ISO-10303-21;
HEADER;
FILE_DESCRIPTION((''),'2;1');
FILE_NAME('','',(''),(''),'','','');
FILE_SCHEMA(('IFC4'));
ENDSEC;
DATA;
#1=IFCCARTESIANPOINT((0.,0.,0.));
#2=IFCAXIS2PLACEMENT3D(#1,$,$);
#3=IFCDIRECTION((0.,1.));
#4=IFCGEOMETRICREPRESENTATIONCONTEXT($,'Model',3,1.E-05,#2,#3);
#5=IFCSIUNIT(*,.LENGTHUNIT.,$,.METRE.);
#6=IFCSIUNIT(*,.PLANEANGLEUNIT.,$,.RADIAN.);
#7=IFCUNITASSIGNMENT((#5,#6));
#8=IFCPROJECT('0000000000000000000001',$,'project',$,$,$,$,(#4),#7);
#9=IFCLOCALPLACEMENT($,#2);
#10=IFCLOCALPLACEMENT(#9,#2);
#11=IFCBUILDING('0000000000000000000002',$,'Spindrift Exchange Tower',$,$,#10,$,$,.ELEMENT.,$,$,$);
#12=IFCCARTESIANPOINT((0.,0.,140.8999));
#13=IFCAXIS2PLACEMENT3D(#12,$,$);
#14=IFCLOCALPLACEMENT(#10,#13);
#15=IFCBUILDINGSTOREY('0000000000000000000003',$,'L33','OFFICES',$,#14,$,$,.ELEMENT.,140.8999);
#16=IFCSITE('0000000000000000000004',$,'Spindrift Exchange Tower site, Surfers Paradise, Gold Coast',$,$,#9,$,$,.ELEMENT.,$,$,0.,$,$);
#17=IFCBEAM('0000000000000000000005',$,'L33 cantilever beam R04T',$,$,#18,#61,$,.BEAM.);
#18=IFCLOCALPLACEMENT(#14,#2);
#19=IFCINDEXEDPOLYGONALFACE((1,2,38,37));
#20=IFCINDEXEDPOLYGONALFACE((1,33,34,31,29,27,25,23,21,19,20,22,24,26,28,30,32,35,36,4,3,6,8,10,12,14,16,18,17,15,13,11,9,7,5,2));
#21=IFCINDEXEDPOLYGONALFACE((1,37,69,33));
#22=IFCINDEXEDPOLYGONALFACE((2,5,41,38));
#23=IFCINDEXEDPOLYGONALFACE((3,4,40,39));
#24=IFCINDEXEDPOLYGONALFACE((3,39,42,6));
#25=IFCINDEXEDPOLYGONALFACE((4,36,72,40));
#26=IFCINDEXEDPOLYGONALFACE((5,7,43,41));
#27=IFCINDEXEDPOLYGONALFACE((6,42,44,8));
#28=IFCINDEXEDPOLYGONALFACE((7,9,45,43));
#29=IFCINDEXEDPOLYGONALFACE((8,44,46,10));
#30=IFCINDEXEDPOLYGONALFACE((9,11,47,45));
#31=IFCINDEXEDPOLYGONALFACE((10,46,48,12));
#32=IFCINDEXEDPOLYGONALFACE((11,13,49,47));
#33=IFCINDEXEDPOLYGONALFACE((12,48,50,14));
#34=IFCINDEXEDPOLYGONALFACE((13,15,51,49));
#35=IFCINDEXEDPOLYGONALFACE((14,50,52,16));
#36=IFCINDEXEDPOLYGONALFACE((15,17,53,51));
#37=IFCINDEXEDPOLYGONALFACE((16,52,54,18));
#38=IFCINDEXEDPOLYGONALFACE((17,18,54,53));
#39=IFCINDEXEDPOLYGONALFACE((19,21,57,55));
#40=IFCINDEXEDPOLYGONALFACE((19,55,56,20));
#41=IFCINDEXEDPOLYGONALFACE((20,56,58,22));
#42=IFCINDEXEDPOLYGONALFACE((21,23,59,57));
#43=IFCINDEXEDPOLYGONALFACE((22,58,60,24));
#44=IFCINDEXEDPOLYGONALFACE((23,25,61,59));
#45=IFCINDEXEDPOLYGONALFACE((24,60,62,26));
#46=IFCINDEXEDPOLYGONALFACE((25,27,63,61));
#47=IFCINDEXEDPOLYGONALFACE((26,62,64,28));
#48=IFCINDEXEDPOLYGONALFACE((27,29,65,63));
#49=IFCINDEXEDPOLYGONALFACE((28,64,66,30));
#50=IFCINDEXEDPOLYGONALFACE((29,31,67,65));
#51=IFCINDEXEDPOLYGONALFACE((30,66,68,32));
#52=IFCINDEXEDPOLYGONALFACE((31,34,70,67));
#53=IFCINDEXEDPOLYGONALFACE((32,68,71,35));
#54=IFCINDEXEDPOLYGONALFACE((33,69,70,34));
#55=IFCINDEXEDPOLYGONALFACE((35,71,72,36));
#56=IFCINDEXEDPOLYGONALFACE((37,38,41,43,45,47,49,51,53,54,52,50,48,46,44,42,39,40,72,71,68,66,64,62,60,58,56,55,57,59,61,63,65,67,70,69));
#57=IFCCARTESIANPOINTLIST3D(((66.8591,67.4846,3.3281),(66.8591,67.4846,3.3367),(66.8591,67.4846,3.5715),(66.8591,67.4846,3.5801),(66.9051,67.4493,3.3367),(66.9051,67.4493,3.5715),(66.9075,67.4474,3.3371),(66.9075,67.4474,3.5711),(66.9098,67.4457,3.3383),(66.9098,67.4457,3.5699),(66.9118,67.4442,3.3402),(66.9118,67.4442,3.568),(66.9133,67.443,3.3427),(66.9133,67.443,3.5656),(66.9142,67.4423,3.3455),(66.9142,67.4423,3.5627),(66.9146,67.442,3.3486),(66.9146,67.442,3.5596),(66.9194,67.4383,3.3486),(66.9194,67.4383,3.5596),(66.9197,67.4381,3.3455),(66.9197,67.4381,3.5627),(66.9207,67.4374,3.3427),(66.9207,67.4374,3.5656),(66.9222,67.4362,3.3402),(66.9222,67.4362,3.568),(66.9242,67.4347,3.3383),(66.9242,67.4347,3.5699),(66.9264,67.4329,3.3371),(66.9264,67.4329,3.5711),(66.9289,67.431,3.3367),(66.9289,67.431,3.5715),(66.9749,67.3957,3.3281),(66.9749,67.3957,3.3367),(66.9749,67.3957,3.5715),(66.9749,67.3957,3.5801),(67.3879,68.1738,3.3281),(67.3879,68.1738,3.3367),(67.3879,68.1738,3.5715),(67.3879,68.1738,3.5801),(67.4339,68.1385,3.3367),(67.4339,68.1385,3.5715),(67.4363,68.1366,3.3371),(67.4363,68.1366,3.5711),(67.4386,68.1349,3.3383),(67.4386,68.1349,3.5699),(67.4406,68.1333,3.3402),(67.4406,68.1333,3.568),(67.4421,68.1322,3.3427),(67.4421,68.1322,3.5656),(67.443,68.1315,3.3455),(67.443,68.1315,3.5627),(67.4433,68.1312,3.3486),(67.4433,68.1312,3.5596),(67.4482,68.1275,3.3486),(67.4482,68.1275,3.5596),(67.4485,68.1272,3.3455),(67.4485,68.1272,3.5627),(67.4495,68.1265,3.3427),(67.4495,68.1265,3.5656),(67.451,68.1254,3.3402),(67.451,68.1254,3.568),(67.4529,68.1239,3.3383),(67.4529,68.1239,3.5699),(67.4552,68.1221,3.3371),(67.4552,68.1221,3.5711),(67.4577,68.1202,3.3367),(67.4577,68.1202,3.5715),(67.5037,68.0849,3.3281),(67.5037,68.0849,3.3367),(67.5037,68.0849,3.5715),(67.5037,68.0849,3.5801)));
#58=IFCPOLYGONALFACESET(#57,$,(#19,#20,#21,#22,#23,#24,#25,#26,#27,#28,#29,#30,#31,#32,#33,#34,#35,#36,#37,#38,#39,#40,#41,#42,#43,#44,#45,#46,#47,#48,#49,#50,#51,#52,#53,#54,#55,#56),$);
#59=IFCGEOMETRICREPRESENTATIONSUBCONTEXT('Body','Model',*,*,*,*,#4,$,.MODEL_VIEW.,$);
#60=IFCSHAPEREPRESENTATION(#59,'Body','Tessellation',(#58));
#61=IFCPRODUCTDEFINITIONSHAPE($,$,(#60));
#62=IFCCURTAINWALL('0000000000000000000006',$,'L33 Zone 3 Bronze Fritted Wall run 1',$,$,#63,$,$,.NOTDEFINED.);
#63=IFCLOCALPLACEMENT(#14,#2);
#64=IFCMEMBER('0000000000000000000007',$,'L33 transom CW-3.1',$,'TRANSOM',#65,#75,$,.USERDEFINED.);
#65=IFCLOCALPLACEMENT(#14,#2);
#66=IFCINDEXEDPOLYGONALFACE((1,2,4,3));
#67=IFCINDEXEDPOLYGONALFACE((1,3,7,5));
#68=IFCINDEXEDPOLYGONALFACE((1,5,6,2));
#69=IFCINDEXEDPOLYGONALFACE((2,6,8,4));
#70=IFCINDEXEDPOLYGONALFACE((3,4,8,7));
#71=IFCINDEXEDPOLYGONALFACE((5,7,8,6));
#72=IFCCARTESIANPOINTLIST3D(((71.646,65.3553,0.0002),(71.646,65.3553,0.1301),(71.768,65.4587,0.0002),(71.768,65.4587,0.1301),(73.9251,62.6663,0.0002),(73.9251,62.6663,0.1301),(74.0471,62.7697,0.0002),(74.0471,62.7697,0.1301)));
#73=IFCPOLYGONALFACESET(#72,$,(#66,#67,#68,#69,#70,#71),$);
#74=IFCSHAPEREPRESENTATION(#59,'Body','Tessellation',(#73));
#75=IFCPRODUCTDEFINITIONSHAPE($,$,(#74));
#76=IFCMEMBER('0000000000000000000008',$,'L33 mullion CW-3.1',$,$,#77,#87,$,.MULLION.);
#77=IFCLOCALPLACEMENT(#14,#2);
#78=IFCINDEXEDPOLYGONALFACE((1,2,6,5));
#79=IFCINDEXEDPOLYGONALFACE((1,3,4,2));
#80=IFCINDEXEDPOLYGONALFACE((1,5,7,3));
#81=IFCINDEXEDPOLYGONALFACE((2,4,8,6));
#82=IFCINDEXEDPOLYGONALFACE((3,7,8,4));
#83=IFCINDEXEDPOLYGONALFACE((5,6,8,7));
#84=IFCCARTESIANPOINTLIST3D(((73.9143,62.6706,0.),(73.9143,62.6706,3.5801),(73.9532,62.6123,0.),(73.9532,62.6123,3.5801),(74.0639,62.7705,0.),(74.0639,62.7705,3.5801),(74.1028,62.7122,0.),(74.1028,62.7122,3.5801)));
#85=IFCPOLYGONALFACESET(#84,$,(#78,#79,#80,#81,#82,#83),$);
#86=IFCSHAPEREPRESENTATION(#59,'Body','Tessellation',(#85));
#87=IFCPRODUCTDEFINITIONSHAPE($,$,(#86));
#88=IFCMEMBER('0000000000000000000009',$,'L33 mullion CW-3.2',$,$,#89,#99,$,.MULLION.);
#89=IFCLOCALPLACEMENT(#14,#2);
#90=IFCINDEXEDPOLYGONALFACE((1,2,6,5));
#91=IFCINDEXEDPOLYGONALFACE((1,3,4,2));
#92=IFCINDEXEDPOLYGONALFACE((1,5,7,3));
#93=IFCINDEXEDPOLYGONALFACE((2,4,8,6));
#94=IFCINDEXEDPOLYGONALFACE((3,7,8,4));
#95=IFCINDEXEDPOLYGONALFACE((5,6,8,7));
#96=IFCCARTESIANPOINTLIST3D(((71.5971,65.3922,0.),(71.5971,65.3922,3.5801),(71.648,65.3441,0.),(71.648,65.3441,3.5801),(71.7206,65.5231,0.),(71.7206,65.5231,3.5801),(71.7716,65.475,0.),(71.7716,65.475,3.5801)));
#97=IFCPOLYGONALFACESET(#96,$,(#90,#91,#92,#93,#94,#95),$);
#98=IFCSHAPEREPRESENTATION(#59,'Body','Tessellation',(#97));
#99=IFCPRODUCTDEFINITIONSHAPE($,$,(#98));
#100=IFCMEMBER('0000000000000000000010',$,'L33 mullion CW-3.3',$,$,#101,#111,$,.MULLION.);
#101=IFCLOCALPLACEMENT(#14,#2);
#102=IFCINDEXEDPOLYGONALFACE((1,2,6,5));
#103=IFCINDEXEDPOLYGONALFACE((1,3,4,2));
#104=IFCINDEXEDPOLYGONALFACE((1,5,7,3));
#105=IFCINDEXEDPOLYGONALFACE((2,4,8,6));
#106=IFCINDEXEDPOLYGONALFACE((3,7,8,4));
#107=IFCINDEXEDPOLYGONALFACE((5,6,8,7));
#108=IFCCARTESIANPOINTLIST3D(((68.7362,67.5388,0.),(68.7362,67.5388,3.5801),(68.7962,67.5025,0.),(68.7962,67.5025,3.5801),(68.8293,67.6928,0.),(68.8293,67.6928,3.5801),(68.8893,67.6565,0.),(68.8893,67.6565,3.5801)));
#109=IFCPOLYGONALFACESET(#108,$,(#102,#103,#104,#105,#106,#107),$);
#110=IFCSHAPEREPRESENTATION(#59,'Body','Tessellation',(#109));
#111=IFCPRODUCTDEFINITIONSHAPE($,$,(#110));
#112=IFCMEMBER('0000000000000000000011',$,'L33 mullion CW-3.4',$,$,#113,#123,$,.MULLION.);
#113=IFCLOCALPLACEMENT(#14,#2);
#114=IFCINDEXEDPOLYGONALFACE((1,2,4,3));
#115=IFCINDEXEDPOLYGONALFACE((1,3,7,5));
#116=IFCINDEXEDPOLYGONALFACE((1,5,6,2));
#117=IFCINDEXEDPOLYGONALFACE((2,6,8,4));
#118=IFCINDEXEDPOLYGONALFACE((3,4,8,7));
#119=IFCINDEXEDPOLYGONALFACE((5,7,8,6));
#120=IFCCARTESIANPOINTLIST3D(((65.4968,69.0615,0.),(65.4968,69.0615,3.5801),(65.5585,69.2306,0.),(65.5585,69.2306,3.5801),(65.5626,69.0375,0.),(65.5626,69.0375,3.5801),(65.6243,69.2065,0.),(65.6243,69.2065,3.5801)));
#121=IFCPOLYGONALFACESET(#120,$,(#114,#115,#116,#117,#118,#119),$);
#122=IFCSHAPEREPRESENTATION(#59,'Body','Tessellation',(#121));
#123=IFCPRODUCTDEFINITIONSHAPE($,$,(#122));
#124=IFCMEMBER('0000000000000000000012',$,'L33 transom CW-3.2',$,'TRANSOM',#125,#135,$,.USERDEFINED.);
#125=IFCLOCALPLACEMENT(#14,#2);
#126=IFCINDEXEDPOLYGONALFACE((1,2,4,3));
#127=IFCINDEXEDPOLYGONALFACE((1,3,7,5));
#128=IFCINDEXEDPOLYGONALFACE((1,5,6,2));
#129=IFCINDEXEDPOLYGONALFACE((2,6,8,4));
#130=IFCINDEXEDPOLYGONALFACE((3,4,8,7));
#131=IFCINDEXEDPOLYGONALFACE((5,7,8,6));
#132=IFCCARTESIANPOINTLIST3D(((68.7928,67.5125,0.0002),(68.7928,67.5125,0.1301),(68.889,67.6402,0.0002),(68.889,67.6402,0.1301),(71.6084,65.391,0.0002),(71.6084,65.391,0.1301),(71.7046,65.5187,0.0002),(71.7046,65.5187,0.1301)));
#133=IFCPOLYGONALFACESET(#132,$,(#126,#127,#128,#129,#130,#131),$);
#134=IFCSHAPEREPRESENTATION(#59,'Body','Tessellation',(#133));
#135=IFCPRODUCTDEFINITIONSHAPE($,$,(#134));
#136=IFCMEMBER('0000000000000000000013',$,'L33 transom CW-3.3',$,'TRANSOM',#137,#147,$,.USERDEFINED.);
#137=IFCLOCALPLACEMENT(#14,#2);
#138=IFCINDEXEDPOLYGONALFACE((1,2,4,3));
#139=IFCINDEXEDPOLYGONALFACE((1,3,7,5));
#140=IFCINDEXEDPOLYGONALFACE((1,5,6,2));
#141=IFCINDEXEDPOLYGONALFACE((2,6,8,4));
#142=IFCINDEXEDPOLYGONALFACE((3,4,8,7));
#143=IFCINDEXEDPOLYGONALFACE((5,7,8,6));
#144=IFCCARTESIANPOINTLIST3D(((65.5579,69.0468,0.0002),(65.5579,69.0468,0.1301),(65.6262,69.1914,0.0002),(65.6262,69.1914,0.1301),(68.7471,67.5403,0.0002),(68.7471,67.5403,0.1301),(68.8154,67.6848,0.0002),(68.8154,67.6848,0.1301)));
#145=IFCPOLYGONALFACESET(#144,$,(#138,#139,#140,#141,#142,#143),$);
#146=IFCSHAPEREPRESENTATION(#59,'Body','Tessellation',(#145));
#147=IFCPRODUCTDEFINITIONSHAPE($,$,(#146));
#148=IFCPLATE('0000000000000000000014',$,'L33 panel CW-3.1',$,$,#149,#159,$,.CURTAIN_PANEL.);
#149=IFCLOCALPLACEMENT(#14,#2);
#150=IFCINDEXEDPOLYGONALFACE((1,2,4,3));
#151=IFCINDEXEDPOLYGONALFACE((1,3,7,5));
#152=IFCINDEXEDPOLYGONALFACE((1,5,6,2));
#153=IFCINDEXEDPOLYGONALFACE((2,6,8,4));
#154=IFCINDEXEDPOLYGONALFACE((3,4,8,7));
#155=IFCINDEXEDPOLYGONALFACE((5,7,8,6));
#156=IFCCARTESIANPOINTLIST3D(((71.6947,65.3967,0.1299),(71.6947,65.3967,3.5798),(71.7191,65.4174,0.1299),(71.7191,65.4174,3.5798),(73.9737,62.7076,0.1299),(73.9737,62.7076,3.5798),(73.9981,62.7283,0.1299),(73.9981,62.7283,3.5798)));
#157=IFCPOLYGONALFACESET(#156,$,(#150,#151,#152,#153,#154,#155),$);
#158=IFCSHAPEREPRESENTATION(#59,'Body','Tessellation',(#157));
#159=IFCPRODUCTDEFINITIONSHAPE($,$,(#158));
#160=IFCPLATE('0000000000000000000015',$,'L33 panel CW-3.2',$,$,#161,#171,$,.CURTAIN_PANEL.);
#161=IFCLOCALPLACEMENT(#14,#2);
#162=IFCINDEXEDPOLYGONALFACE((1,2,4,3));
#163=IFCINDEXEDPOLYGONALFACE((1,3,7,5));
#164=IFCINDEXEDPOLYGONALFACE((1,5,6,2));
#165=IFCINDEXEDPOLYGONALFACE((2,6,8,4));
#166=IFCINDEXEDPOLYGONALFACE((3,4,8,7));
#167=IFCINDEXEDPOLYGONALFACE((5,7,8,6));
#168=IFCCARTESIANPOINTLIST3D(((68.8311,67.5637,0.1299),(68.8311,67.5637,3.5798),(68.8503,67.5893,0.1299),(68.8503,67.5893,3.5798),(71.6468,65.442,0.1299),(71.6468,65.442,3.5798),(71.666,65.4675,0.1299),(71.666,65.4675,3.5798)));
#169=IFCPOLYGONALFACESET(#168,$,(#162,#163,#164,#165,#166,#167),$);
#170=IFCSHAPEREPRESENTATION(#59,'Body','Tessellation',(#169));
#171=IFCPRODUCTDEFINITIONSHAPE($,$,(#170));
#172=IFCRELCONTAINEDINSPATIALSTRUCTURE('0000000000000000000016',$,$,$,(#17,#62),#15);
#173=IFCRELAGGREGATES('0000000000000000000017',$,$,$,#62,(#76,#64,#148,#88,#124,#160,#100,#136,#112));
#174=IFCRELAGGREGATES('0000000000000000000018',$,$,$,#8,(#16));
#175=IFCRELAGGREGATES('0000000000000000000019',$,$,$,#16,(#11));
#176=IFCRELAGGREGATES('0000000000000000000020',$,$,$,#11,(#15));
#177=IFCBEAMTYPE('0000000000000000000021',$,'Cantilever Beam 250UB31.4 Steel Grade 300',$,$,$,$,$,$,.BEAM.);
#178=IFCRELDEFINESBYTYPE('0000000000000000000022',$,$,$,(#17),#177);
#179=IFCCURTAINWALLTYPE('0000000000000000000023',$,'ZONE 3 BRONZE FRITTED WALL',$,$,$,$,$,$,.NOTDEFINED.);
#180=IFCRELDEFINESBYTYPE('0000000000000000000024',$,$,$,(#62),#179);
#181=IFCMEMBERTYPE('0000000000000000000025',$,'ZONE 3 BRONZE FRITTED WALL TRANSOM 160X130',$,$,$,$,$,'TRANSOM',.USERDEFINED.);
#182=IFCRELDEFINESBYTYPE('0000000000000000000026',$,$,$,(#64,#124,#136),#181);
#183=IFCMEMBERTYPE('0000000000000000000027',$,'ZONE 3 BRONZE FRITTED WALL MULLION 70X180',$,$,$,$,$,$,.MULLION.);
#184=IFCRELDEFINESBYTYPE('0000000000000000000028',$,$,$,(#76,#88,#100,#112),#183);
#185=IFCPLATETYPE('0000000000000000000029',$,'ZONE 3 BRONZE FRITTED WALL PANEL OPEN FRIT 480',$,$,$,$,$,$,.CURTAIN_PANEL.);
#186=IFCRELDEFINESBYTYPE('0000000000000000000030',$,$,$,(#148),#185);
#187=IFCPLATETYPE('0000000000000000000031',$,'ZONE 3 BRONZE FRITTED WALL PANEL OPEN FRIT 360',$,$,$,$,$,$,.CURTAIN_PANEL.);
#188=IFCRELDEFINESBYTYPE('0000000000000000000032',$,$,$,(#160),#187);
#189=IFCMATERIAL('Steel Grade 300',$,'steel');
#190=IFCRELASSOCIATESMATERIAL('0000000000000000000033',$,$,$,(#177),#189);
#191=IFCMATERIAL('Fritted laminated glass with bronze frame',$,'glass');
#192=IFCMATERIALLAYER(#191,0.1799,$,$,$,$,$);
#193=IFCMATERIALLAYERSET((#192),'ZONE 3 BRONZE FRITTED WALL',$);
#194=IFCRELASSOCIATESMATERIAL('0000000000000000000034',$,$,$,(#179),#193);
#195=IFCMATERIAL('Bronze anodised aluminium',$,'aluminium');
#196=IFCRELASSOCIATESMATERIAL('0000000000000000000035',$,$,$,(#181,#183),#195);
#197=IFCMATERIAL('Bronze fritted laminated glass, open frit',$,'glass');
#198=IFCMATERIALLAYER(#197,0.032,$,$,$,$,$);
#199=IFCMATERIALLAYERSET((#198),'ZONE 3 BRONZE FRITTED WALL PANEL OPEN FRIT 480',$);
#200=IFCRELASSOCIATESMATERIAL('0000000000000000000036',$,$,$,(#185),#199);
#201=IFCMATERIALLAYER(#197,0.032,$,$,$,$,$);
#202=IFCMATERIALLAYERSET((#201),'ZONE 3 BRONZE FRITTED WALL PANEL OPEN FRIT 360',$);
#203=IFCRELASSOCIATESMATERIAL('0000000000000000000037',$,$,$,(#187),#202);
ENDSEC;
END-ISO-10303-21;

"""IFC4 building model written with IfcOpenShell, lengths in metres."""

from ifc_helpers import new_model, si_unit, direction, frame, origin, origin_2d, place, context, subcontext, project, spatial, rectangle, i_section, extrude, source, transform, mapped, material, layer, layer_set, material_profile, profile_set, type_object, element, aggregate, save


model = new_model("IFC4")

# Units and contexts
model_context = context("Model", 3, precision=1e-05, world=origin(), true_north=direction((0.0, 1.0)))
body_context = subcontext(model_context, "Body", "Model", "MODEL_VIEW")
ifc_project = project(units=[si_unit("LENGTHUNIT", "METRE"), si_unit("PLANEANGLEUNIT", "RADIAN")], contexts=[model_context])

# Site, building, storey
site_placement = place(None, origin())
site = spatial("IfcSite", under=ifc_project, at=site_placement, Name="Spindrift Exchange Tower site, Surfers Paradise, Gold Coast", CompositionType="ELEMENT", RefElevation=0.0)
building_placement = place(site_placement, origin())
building = spatial("IfcBuilding", under=site, at=building_placement, Name="Spindrift Exchange Tower", CompositionType="ELEMENT")
storey_placement = place(building_placement, frame((0.0, 0.0, 140.8999)))
storey = spatial("IfcBuildingStorey", under=building, at=storey_placement, Name="L33", Description="OFFICES", CompositionType="ELEMENT", Elevation=140.8999)

# Beam
ifc_material_1 = material(Name="Steel Grade 300", Category="steel")
ifc_material_profile_1 = material_profile(ifc_material_1, i_section(OverallWidth=0.146, OverallDepth=0.252, WebThickness=0.0061, FlangeThickness=0.0085, FilletRadius=0.012, at=origin_2d()), Name="250UB31.4")
ifc_profile_set_1 = profile_set([ifc_material_profile_1], Name="Steel Grade 300")
beam_type_1 = type_object("IfcBeamType", Name="Cantilever Beam 250UB31.4 Steel Grade 300", PredefinedType="BEAM", material=ifc_profile_set_1)
shared_shape_1 = source(origin(), body_context, "Body", "SweptSolid", [
    extrude(i_section(OverallWidth=0.146, OverallDepth=0.252, WebThickness=0.0061, FlangeThickness=0.0085, FilletRadius=0.012, at=origin_2d()), origin(), (0.0, 0.0, 1.0), 0.8687),
])
beam_1_placement = place(storey_placement, frame((66.917, 67.4402, 3.4541), z_axis=(0.608732, 0.793376, 0.0), x_axis=(-0.793376, 0.608732, 0.0)))
element("IfcBeam", 1, at=beam_1_placement, inside=storey, type_object=beam_type_1, Name="L33 cantilever beam R04T", PredefinedType="BEAM", context=body_context, shape_type="MappedRepresentation", body=[
    mapped(shared_shape_1, transform((0.0, 0.0, 0.0), scale=1.0)),
])

# Curtain wall, members, plates
ifc_material_2 = material(Name="Fritted laminated glass with bronze frame", Category="glass")
ifc_layer_1 = layer(ifc_material_2, 0.1799)
ifc_layer_set_1 = layer_set([ifc_layer_1], Name="ZONE 3 BRONZE FRITTED WALL")
curtain_wall_type = type_object("IfcCurtainWallType", Name="ZONE 3 BRONZE FRITTED WALL", PredefinedType="NOTDEFINED", material=ifc_layer_set_1)
curtain_wall_1_placement = place(storey_placement, origin())
curtain_wall_1 = element("IfcCurtainWall", 2, at=curtain_wall_1_placement, inside=storey, type_object=curtain_wall_type, Name="L33 Zone 3 Bronze Fritted Wall run 1", PredefinedType="NOTDEFINED")
ifc_material_3 = material(Name="Bronze anodised aluminium", Category="aluminium")
ifc_material_profile_2 = material_profile(ifc_material_3, rectangle(XDim=0.1599, YDim=0.1299, at=origin_2d()), Name="ZONE 3 BRONZE FRITTED WALL TRANSOM 160X130")
ifc_profile_set_2 = profile_set([ifc_material_profile_2], Name="Bronze anodised aluminium")
member_type_1 = type_object("IfcMemberType", Name="ZONE 3 BRONZE FRITTED WALL TRANSOM 160X130", ElementType="TRANSOM", PredefinedType="USERDEFINED", material=ifc_profile_set_2)
shared_shape_2 = source(origin(), body_context, "Body", "SweptSolid", [
    extrude(rectangle(XDim=0.1599, YDim=0.1299, at=origin_2d()), origin(), (0.0, 0.0, 1.0), 3.5249),
])
member_1_placement = place(storey_placement, frame((73.9861, 62.718, 0.0652), z_axis=(-0.646566, 0.762858, 0.0), x_axis=(-0.762858, -0.646566, 0.0)))
member_1 = element("IfcMember", 3, at=member_1_placement, type_object=member_type_1, Name="L33 transom CW-3.1", ObjectType="TRANSOM", PredefinedType="USERDEFINED", context=body_context, shape_type="MappedRepresentation", body=[
    mapped(shared_shape_2, transform((0.0, 0.0, 0.0), scale=1.0)),
])
ifc_material_profile_3 = material_profile(ifc_material_3, rectangle(XDim=0.0701, YDim=0.1799, at=origin_2d()), Name="ZONE 3 BRONZE FRITTED WALL MULLION 70X180")
ifc_profile_set_3 = profile_set([ifc_material_profile_3], Name="Bronze anodised aluminium")
member_type_2 = type_object("IfcMemberType", Name="ZONE 3 BRONZE FRITTED WALL MULLION 70X180", PredefinedType="MULLION", material=ifc_profile_set_3)
shared_shape_3 = source(origin(), body_context, "Body", "SweptSolid", [
    extrude(rectangle(XDim=0.0701, YDim=0.1799, at=origin_2d()), origin(), (0.0, 0.0, 1.0), 3.5801),
])
member_2_placement = place(storey_placement, frame((74.0085, 62.6914, 0.0), z_axis=(0.0, 0.0, 1.0), x_axis=(-0.555199, 0.831717, 0.0)))
member_2 = element("IfcMember", 4, at=member_2_placement, type_object=member_type_2, Name="L33 mullion CW-3.1", PredefinedType="MULLION", context=body_context, shape_type="MappedRepresentation", body=[
    mapped(shared_shape_3, transform((0.0, 0.0, 0.0), scale=1.0)),
])
member_3_placement = place(storey_placement, frame((71.6843, 65.4336, 0.0), z_axis=(0.0, 0.0, 1.0), x_axis=(-0.727063, 0.68657, 0.0)))
member_3 = element("IfcMember", 5, at=member_3_placement, type_object=member_type_2, Name="L33 mullion CW-3.2", PredefinedType="MULLION", context=body_context, shape_type="MappedRepresentation", body=[
    mapped(shared_shape_3, transform((0.0, 0.0, 0.0), scale=1.0)),
])
member_4_placement = place(storey_placement, frame((68.8127, 67.5977, 0.0), z_axis=(0.0, 0.0, 1.0), x_axis=(-0.855878, 0.517177, 0.0)))
member_4 = element("IfcMember", 6, at=member_4_placement, type_object=member_type_2, Name="L33 mullion CW-3.3", PredefinedType="MULLION", context=body_context, shape_type="MappedRepresentation", body=[
    mapped(shared_shape_3, transform((0.0, 0.0, 0.0), scale=1.0)),
])
member_5_placement = place(storey_placement, frame((65.5605, 69.134, 0.0), z_axis=(0.0, 0.0, 1.0), x_axis=(-0.939313, 0.343061, 0.0)))
member_5 = element("IfcMember", 7, at=member_5_placement, type_object=member_type_2, Name="L33 mullion CW-3.4", PredefinedType="MULLION", context=body_context, shape_type="MappedRepresentation", body=[
    mapped(shared_shape_3, transform((0.0, 0.0, 0.0), scale=1.0)),
])
shared_shape_4 = source(origin(), body_context, "Body", "SweptSolid", [
    extrude(rectangle(XDim=0.1599, YDim=0.1299, at=origin_2d()), origin(), (0.0, 0.0, 1.0), 3.5254),
])
member_6_placement = place(storey_placement, frame((71.6565, 65.4548, 0.0652), z_axis=(-0.79866, 0.601782, 0.0), x_axis=(-0.601782, -0.79866, 0.0)))
member_6 = element("IfcMember", 8, at=member_6_placement, type_object=member_type_1, Name="L33 transom CW-3.2", ObjectType="TRANSOM", PredefinedType="USERDEFINED", context=body_context, shape_type="MappedRepresentation", body=[
    mapped(shared_shape_4, transform((0.0, 0.0, 0.0), scale=1.0)),
])
shared_shape_5 = source(origin(), body_context, "Body", "SweptSolid", [
    extrude(rectangle(XDim=0.1599, YDim=0.1299, at=origin_2d()), origin(), (0.0, 0.0, 1.0), 3.5271),
])
member_7_placement = place(storey_placement, frame((68.7812, 67.6125, 0.0652), z_axis=(-0.904186, 0.42714, 0.0), x_axis=(-0.42714, -0.904186, 0.0)))
member_7 = element("IfcMember", 9, at=member_7_placement, type_object=member_type_1, Name="L33 transom CW-3.3", ObjectType="TRANSOM", PredefinedType="USERDEFINED", context=body_context, shape_type="MappedRepresentation", body=[
    mapped(shared_shape_5, transform((0.0, 0.0, 0.0), scale=1.0)),
])
ifc_material_4 = material(Name="Bronze fritted laminated glass, open frit", Category="glass")
ifc_layer_2 = layer(ifc_material_4, 0.032)
ifc_layer_set_2 = layer_set([ifc_layer_2], Name="ZONE 3 BRONZE FRITTED WALL PANEL OPEN FRIT 480")
plate_type_1 = type_object("IfcPlateType", Name="ZONE 3 BRONZE FRITTED WALL PANEL OPEN FRIT 480", PredefinedType="CURTAIN_PANEL", material=ifc_layer_set_2)
shared_shape_6 = source(origin(), body_context, "Body", "SweptSolid", [
    extrude(rectangle(XDim=3.5249, YDim=0.032, at=origin_2d()), origin(), (0.0, 0.0, 1.0), 3.45),
])
plate_1_placement = place(storey_placement, frame((72.8464, 64.0625, 0.1299), z_axis=(0.0, 0.0, 1.0), x_axis=(-0.646543, 0.762877, 0.0)))
plate_1 = element("IfcPlate", 10, at=plate_1_placement, type_object=plate_type_1, Name="L33 panel CW-3.1", PredefinedType="CURTAIN_PANEL", context=body_context, shape_type="MappedRepresentation", body=[
    mapped(shared_shape_6, transform((0.0, 0.0, 0.0), scale=1.0)),
])
ifc_layer_3 = layer(ifc_material_4, 0.032)
ifc_layer_set_3 = layer_set([ifc_layer_3], Name="ZONE 3 BRONZE FRITTED WALL PANEL OPEN FRIT 360")
plate_type_2 = type_object("IfcPlateType", Name="ZONE 3 BRONZE FRITTED WALL PANEL OPEN FRIT 360", PredefinedType="CURTAIN_PANEL", material=ifc_layer_set_3)
shared_shape_7 = source(origin(), body_context, "Body", "SweptSolid", [
    extrude(rectangle(XDim=3.5256, YDim=0.032, at=origin_2d()), origin(), (0.0, 0.0, 1.0), 3.45),
])
plate_2_placement = place(storey_placement, frame((70.2485, 66.5156, 0.1299), z_axis=(0.0, 0.0, 1.0), x_axis=(-0.798637, 0.601814, 0.0)))
plate_2 = element("IfcPlate", 11, at=plate_2_placement, type_object=plate_type_2, Name="L33 panel CW-3.2", PredefinedType="CURTAIN_PANEL", context=body_context, shape_type="MappedRepresentation", body=[
    mapped(shared_shape_7, transform((0.0, 0.0, 0.0), scale=1.0)),
])
aggregate(curtain_wall_1, [member_2, member_1, plate_1, member_3, member_6, plate_2, member_4, member_7, member_5])

save(model, "model.ifc")
